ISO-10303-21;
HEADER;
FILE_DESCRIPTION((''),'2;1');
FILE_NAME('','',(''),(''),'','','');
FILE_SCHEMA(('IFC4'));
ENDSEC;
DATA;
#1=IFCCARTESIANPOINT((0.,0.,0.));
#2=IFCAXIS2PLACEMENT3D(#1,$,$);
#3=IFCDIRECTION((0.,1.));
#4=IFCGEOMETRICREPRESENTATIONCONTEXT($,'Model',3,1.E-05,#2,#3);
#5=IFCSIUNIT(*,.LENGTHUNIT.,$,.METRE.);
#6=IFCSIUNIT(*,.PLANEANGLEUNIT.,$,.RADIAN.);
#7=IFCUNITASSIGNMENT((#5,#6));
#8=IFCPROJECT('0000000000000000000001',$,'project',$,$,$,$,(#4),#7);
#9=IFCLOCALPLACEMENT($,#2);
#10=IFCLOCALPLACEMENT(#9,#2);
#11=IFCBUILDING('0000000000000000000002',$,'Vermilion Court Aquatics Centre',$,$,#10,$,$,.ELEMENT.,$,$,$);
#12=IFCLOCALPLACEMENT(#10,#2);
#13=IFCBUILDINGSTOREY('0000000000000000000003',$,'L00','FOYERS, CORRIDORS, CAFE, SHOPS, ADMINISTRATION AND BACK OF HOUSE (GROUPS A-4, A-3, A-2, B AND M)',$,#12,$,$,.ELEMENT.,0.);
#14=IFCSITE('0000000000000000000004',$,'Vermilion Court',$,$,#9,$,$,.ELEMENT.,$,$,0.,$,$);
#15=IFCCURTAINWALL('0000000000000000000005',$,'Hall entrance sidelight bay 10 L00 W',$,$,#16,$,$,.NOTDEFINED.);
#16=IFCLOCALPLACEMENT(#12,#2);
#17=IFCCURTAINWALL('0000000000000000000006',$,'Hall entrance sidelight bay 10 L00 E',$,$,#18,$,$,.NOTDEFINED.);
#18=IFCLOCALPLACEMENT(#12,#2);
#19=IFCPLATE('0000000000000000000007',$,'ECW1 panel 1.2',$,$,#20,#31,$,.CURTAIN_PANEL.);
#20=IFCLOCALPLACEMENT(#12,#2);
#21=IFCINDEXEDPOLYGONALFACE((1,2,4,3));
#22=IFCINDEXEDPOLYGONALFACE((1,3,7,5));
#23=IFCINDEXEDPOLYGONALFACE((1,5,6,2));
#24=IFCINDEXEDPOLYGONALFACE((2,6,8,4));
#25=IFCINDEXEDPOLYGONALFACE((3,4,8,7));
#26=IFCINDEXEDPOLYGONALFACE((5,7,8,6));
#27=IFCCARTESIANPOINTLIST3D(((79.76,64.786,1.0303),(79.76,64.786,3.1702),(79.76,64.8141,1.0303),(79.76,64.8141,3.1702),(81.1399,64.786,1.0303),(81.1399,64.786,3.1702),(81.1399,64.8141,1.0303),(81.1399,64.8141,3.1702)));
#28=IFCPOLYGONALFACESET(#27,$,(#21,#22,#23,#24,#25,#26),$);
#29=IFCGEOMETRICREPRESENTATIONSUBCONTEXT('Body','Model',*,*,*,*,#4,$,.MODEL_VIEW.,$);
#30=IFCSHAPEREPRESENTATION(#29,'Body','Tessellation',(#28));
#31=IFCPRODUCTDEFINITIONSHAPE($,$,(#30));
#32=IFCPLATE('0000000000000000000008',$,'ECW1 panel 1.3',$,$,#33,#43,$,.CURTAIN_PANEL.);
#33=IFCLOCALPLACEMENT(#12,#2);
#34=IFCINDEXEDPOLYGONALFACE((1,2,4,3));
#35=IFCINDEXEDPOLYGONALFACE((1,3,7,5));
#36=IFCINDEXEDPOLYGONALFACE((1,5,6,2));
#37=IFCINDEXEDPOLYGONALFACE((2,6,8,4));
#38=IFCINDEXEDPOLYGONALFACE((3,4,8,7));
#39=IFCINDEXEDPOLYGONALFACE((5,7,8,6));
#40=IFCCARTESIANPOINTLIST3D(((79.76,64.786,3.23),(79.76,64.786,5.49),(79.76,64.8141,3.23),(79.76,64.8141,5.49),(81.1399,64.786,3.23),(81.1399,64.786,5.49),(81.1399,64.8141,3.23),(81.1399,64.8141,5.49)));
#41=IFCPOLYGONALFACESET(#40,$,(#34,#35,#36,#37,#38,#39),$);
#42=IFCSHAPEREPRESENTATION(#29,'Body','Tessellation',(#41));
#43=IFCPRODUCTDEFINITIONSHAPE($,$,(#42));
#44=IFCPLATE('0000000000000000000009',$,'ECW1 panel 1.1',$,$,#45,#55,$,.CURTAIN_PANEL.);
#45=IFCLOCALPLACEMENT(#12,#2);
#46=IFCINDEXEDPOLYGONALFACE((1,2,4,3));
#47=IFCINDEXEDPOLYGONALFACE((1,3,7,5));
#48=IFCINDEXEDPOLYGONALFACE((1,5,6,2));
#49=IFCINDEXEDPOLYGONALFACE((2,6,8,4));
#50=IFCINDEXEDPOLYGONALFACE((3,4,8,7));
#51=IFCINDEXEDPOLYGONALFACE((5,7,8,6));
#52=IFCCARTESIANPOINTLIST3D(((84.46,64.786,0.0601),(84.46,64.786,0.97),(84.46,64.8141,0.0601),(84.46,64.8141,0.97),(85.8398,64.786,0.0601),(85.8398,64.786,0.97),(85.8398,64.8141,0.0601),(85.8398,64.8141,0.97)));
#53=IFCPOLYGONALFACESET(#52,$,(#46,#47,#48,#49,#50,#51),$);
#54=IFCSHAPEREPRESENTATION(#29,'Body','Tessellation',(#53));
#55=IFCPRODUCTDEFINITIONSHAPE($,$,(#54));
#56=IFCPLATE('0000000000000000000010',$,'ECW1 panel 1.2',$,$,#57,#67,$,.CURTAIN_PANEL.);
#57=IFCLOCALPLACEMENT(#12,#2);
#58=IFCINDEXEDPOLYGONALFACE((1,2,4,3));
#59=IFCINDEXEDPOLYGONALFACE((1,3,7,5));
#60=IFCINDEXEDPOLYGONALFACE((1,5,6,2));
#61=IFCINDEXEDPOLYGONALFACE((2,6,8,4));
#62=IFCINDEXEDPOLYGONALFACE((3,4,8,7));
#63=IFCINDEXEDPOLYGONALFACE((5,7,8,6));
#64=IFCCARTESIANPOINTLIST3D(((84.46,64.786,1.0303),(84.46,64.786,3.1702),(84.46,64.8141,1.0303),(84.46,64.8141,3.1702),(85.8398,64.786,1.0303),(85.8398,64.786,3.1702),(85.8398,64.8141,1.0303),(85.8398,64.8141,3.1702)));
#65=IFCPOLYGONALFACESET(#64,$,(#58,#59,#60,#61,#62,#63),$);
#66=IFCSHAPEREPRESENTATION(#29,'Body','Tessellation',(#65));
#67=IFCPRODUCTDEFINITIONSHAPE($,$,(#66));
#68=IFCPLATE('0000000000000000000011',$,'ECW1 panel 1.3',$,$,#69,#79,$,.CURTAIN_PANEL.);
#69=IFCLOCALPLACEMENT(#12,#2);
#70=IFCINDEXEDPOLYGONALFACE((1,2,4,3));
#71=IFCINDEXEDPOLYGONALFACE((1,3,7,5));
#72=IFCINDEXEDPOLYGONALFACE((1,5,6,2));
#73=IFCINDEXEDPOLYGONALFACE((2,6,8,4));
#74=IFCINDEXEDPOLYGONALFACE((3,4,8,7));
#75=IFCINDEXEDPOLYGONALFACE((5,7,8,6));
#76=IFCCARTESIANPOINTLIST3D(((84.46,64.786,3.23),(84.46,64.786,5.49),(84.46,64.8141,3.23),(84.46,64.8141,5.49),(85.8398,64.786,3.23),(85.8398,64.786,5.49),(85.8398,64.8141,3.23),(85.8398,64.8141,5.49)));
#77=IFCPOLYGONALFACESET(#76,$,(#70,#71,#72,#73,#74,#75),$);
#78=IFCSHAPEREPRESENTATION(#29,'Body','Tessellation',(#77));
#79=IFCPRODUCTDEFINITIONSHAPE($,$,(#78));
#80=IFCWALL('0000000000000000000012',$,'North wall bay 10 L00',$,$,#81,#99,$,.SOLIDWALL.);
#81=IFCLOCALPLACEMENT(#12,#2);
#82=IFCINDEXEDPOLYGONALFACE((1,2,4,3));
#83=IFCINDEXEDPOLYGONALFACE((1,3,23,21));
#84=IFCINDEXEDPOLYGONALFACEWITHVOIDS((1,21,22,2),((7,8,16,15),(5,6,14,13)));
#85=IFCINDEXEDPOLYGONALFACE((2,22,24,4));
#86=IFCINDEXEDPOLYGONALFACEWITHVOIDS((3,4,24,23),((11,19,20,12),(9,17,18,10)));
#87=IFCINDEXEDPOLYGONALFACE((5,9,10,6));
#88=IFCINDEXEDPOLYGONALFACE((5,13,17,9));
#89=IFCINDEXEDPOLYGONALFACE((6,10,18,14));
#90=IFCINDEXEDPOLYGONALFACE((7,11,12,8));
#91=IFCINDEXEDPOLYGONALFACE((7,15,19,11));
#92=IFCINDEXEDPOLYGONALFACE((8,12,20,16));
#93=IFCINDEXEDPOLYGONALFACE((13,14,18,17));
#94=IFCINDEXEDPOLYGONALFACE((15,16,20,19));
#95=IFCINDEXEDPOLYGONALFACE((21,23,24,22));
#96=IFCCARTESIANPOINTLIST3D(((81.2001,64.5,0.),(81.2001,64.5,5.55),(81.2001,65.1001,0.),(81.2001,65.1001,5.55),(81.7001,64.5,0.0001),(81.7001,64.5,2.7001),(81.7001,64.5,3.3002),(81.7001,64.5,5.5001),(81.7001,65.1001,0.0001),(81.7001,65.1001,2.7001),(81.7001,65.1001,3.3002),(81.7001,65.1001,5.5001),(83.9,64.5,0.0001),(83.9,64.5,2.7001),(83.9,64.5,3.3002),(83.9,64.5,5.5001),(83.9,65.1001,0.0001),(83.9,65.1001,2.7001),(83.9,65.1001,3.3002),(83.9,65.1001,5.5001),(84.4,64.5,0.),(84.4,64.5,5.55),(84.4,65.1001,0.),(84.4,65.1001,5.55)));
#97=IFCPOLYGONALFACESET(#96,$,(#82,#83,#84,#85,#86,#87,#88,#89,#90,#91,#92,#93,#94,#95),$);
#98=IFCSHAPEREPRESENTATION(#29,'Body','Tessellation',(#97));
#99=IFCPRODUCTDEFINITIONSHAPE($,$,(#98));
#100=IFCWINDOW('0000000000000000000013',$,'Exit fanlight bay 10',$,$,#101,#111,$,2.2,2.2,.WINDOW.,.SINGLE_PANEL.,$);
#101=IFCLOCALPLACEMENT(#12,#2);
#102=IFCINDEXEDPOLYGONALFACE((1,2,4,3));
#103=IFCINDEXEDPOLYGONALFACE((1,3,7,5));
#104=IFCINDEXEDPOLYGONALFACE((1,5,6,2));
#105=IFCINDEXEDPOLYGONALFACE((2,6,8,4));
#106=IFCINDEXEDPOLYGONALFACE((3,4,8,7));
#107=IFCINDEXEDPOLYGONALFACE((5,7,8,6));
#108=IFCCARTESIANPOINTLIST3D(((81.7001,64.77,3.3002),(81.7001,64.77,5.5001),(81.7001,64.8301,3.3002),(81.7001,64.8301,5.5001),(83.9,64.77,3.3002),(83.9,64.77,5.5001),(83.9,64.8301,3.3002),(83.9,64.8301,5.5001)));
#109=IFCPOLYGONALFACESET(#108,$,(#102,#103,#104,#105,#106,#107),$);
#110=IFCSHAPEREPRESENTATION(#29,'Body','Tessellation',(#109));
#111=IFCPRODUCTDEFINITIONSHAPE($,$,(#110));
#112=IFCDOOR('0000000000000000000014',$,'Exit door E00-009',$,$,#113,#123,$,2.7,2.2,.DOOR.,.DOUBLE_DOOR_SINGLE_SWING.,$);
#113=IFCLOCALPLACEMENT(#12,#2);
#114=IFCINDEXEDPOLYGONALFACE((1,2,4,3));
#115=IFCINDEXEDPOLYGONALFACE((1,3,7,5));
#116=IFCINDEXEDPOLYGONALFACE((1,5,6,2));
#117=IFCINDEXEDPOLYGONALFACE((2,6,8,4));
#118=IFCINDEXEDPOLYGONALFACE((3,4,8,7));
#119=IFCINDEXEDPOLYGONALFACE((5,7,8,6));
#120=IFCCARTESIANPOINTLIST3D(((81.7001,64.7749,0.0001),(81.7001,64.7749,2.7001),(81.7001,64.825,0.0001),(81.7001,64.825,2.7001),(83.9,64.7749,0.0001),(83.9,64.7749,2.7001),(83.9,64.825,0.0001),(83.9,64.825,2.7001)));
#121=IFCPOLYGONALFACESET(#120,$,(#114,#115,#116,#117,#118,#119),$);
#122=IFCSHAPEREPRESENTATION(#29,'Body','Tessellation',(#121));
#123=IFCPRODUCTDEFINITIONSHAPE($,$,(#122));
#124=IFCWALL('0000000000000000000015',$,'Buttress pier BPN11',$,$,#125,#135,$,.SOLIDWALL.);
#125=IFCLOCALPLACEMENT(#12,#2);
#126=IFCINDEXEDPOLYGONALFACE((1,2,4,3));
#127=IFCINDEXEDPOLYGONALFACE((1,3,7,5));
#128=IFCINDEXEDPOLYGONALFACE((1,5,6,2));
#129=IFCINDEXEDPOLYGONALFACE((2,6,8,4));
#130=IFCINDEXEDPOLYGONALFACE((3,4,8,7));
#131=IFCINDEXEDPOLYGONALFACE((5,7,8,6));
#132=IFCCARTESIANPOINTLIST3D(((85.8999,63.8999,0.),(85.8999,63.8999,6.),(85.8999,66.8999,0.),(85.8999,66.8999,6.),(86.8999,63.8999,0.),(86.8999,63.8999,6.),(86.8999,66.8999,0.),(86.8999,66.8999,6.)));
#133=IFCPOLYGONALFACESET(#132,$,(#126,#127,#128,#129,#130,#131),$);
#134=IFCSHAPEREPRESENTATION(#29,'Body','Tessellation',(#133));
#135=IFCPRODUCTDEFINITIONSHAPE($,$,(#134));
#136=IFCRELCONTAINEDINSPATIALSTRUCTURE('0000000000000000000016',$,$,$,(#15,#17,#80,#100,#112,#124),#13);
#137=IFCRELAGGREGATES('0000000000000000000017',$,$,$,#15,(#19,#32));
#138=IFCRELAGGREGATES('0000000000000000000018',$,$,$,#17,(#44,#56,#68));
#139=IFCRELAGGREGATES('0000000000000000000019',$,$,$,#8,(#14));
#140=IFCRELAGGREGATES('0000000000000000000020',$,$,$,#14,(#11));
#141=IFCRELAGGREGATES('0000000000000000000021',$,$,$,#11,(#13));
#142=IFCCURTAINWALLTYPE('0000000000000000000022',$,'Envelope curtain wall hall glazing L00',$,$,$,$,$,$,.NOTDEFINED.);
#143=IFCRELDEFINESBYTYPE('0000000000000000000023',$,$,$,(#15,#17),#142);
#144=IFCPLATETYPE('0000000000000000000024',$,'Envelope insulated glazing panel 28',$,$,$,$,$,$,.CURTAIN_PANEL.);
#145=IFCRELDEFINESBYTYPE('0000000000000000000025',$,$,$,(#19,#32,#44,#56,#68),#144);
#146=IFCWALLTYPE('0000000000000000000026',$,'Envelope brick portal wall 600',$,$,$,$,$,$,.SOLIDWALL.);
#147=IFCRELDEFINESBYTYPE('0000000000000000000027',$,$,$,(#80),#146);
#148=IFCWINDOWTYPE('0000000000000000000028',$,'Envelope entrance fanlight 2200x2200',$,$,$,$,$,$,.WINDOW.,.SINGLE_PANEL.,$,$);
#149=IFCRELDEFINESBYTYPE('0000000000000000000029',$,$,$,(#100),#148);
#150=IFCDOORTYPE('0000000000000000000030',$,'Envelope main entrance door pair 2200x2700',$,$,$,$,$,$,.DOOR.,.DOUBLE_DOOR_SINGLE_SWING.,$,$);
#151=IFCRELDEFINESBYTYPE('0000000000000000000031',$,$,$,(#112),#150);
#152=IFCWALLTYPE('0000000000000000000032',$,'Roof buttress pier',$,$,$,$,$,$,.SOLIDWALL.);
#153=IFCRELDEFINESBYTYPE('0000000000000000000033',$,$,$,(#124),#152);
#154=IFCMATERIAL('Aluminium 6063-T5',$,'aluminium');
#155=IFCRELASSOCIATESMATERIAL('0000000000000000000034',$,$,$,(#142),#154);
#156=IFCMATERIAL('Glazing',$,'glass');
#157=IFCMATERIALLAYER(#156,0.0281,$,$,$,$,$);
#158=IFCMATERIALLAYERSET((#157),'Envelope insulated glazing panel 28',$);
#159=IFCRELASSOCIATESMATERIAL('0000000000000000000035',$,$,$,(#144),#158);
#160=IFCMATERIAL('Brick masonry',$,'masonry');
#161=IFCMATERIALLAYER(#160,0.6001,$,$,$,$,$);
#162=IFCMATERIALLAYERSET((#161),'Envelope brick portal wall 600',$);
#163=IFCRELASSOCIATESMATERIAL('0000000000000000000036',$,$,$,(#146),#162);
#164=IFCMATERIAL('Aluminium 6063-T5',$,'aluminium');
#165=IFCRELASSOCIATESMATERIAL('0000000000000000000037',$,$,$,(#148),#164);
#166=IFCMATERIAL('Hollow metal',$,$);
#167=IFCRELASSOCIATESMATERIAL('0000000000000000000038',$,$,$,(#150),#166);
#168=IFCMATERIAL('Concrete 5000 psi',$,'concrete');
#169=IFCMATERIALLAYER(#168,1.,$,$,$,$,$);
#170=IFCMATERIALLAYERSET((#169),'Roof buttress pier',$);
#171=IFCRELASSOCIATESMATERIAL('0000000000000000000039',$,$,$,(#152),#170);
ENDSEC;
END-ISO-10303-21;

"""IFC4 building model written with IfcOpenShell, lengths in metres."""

from ifc_helpers import new_model, si_unit, direction, frame, frame_2d, origin, origin_2d, place, context, subcontext, project, spatial, rectangle, extrude, material, layer, layer_set, type_object, element, fill, aggregate, save


model = new_model("IFC4")

# Units and contexts
model_context = context("Model", 3, precision=1e-05, world=origin(), true_north=direction((0.0, 1.0)))
body_context = subcontext(model_context, "Body", "Model", "MODEL_VIEW")
ifc_project = project(units=[si_unit("LENGTHUNIT", "METRE"), si_unit("PLANEANGLEUNIT", "RADIAN")], contexts=[model_context])

# Site, building, storey
site_placement = place(None, origin())
site = spatial("IfcSite", under=ifc_project, at=site_placement, Name="Vermilion Court", CompositionType="ELEMENT", RefElevation=0.0)
building_placement = place(site_placement, origin())
building = spatial("IfcBuilding", under=site, at=building_placement, Name="Vermilion Court Aquatics Centre", CompositionType="ELEMENT")
storey_placement = place(building_placement, origin())
storey = spatial("IfcBuildingStorey", under=building, at=storey_placement, Name="L00", Description="FOYERS, CORRIDORS, CAFE, SHOPS, ADMINISTRATION AND BACK OF HOUSE (GROUPS A-4, A-3, A-2, B AND M)", CompositionType="ELEMENT", Elevation=0.0)

# Curtain wall
ifc_material_1 = material(Name="Aluminium 6063-T5", Category="aluminium")
curtain_wall_type = type_object("IfcCurtainWallType", Name="Envelope curtain wall hall glazing L00", PredefinedType="NOTDEFINED", material=ifc_material_1)
curtain_wall_1_placement = place(storey_placement, origin())
curtain_wall_1 = element("IfcCurtainWall", 1, at=curtain_wall_1_placement, inside=storey, type_object=curtain_wall_type, Name="Hall entrance sidelight bay 10 L00 W", PredefinedType="NOTDEFINED")

# Curtain wall
curtain_wall_2_placement = place(storey_placement, origin())
curtain_wall_2 = element("IfcCurtainWall", 2, at=curtain_wall_2_placement, inside=storey, type_object=curtain_wall_type, Name="Hall entrance sidelight bay 10 L00 E", PredefinedType="NOTDEFINED")

# Plates
ifc_material_2 = material(Name="Glazing", Category="glass")
ifc_layer_1 = layer(ifc_material_2, 0.0281)
ifc_layer_set_1 = layer_set([ifc_layer_1], Name="Envelope insulated glazing panel 28")
plate_type = type_object("IfcPlateType", Name="Envelope insulated glazing panel 28", PredefinedType="CURTAIN_PANEL", material=ifc_layer_set_1)
plate_1_placement = place(storey_placement, frame((80.45, 64.8, 1.0303), z_axis=(0.0, 0.0, 1.0), x_axis=(1.0, 0.0, 0.0)))
plate_1 = element("IfcPlate", 3, at=plate_1_placement, type_object=plate_type, Name="ECW1 panel 1.2", PredefinedType="CURTAIN_PANEL", context=body_context, shape_type="SweptSolid", body=[
    extrude(rectangle(XDim=1.3799, YDim=0.0281, at=origin_2d()), origin(), (0.0, 0.0, 1.0), 2.1399),
])
plate_2_placement = place(storey_placement, frame((80.45, 64.8, 3.23), z_axis=(0.0, 0.0, 1.0), x_axis=(1.0, 0.0, 0.0)))
plate_2 = element("IfcPlate", 4, at=plate_2_placement, type_object=plate_type, Name="ECW1 panel 1.3", PredefinedType="CURTAIN_PANEL", context=body_context, shape_type="SweptSolid", body=[
    extrude(rectangle(XDim=1.3799, YDim=0.0281, at=origin_2d()), origin(), (0.0, 0.0, 1.0), 2.26),
])
aggregate(curtain_wall_1, [plate_1, plate_2])
plate_3_placement = place(storey_placement, frame((85.1499, 64.8, 0.0601), z_axis=(0.0, 0.0, 1.0), x_axis=(1.0, 0.0, 0.0)))
plate_3 = element("IfcPlate", 5, at=plate_3_placement, type_object=plate_type, Name="ECW1 panel 1.1", PredefinedType="CURTAIN_PANEL", context=body_context, shape_type="SweptSolid", body=[
    extrude(rectangle(XDim=1.3799, YDim=0.0281, at=origin_2d()), origin(), (0.0, 0.0, 1.0), 0.9099),
])
plate_4_placement = place(storey_placement, frame((85.1499, 64.8, 1.0303), z_axis=(0.0, 0.0, 1.0), x_axis=(1.0, 0.0, 0.0)))
plate_4 = element("IfcPlate", 6, at=plate_4_placement, type_object=plate_type, Name="ECW1 panel 1.2", PredefinedType="CURTAIN_PANEL", context=body_context, shape_type="SweptSolid", body=[
    extrude(rectangle(XDim=1.3799, YDim=0.0281, at=origin_2d()), origin(), (0.0, 0.0, 1.0), 2.1399),
])
plate_5_placement = place(storey_placement, frame((85.1499, 64.8, 3.23), z_axis=(0.0, 0.0, 1.0), x_axis=(1.0, 0.0, 0.0)))
plate_5 = element("IfcPlate", 7, at=plate_5_placement, type_object=plate_type, Name="ECW1 panel 1.3", PredefinedType="CURTAIN_PANEL", context=body_context, shape_type="SweptSolid", body=[
    extrude(rectangle(XDim=1.3799, YDim=0.0281, at=origin_2d()), origin(), (0.0, 0.0, 1.0), 2.26),
])
aggregate(curtain_wall_2, [plate_3, plate_4, plate_5])

# Wall, openings, window, door
ifc_material_3 = material(Name="Brick masonry", Category="masonry")
ifc_layer_2 = layer(ifc_material_3, 0.6001)
ifc_layer_set_2 = layer_set([ifc_layer_2], Name="Envelope brick portal wall 600")
wall_type_1 = type_object("IfcWallType", Name="Envelope brick portal wall 600", PredefinedType="SOLIDWALL", material=ifc_layer_set_2)
wall_1_placement = place(storey_placement, frame((81.2, 64.8, 0.0), z_axis=(0.0, 0.0, 1.0), x_axis=(1.0, 0.0, 0.0)))
wall_1 = element("IfcWall", 8, at=wall_1_placement, inside=storey, type_object=wall_type_1, Name="North wall bay 10 L00", PredefinedType="SOLIDWALL", context=body_context, shape_type="SweptSolid", body=[
    extrude(rectangle(XDim=3.2, YDim=0.6001, at=frame_2d((1.6001, 0.0))), origin(), (0.0, 0.0, 1.0), 5.55),
])
opening_1_placement = place(wall_1_placement, frame((0.5, 0.0, 0.0)))
opening_1 = element("IfcOpeningElement", 9, at=opening_1_placement, cuts=wall_1, PredefinedType="OPENING", context=body_context, shape_type="SweptSolid", body=[
    extrude(rectangle(XDim=2.2, YDim=2.7, at=frame_2d((1.1001, 1.3501))), frame((0.0, 0.3101, 0.0), z_axis=(0.0, -1.0, 0.0), x_axis=(1.0, 0.0, 0.0)), (0.0, 0.0, 1.0), 0.6201),
])
opening_2_placement = place(wall_1_placement, frame((0.5, 0.0, 3.3)))
opening_2 = element("IfcOpeningElement", 10, at=opening_2_placement, cuts=wall_1, PredefinedType="OPENING", context=body_context, shape_type="SweptSolid", body=[
    extrude(rectangle(XDim=2.2, YDim=2.2, at=frame_2d((1.1001, 1.1001))), frame((0.0, 0.3101, 0.0), z_axis=(0.0, -1.0, 0.0), x_axis=(1.0, 0.0, 0.0)), (0.0, 0.0, 1.0), 0.6201),
])
ifc_material_4 = material(Name="Aluminium 6063-T5", Category="aluminium")
window_type = type_object("IfcWindowType", Name="Envelope entrance fanlight 2200x2200", PartitioningType="SINGLE_PANEL", PredefinedType="WINDOW", material=ifc_material_4)
window_placement = place(opening_2_placement, origin())
window = element("IfcWindow", 11, at=window_placement, inside=storey, type_object=window_type, Name="Exit fanlight bay 10", OverallHeight=2.2, OverallWidth=2.2, PartitioningType="SINGLE_PANEL", PredefinedType="WINDOW", context=body_context, shape_type="SweptSolid", body=[
    extrude(rectangle(XDim=2.2, YDim=2.2, at=frame_2d((1.1001, 1.1001))), frame((0.0, 0.03, 0.0), z_axis=(0.0, -1.0, 0.0), x_axis=(1.0, 0.0, 0.0)), (0.0, 0.0, 1.0), 0.0601),
])
fill(opening_2, window)
ifc_material_5 = material(Name="Hollow metal")
door_type = type_object("IfcDoorType", Name="Envelope main entrance door pair 2200x2700", OperationType="DOUBLE_DOOR_SINGLE_SWING", PredefinedType="DOOR", material=ifc_material_5)
door_placement = place(opening_1_placement, origin())
door = element("IfcDoor", 12, at=door_placement, inside=storey, type_object=door_type, Name="Exit door E00-009", OperationType="DOUBLE_DOOR_SINGLE_SWING", OverallHeight=2.7, OverallWidth=2.2, PredefinedType="DOOR", context=body_context, shape_type="SweptSolid", body=[
    extrude(rectangle(XDim=2.2, YDim=2.7, at=frame_2d((1.1001, 1.3501))), frame((0.0, 0.0249, 0.0), z_axis=(0.0, -1.0, 0.0), x_axis=(1.0, 0.0, 0.0)), (0.0, 0.0, 1.0), 0.05),
])
fill(opening_1, door)

# Wall
ifc_material_6 = material(Name="Concrete 5000 psi", Category="concrete")
ifc_layer_3 = layer(ifc_material_6, 1.0)
ifc_layer_set_3 = layer_set([ifc_layer_3], Name="Roof buttress pier")
wall_type_2 = type_object("IfcWallType", Name="Roof buttress pier", PredefinedType="SOLIDWALL", material=ifc_layer_set_3)
wall_2_placement = place(storey_placement, frame((86.3999, 63.8999, 0.0), z_axis=(0.0, 0.0, 1.0), x_axis=(0.0, 1.0, 0.0)))
element("IfcWall", 13, at=wall_2_placement, inside=storey, type_object=wall_type_2, Name="Buttress pier BPN11", PredefinedType="SOLIDWALL", context=body_context, shape_type="SweptSolid", body=[
    extrude(rectangle(XDim=3.0, YDim=1.0, at=frame_2d((1.5, 0.0))), origin(), (0.0, 0.0, 1.0), 6.0),
])

save(model, "model.ifc")
